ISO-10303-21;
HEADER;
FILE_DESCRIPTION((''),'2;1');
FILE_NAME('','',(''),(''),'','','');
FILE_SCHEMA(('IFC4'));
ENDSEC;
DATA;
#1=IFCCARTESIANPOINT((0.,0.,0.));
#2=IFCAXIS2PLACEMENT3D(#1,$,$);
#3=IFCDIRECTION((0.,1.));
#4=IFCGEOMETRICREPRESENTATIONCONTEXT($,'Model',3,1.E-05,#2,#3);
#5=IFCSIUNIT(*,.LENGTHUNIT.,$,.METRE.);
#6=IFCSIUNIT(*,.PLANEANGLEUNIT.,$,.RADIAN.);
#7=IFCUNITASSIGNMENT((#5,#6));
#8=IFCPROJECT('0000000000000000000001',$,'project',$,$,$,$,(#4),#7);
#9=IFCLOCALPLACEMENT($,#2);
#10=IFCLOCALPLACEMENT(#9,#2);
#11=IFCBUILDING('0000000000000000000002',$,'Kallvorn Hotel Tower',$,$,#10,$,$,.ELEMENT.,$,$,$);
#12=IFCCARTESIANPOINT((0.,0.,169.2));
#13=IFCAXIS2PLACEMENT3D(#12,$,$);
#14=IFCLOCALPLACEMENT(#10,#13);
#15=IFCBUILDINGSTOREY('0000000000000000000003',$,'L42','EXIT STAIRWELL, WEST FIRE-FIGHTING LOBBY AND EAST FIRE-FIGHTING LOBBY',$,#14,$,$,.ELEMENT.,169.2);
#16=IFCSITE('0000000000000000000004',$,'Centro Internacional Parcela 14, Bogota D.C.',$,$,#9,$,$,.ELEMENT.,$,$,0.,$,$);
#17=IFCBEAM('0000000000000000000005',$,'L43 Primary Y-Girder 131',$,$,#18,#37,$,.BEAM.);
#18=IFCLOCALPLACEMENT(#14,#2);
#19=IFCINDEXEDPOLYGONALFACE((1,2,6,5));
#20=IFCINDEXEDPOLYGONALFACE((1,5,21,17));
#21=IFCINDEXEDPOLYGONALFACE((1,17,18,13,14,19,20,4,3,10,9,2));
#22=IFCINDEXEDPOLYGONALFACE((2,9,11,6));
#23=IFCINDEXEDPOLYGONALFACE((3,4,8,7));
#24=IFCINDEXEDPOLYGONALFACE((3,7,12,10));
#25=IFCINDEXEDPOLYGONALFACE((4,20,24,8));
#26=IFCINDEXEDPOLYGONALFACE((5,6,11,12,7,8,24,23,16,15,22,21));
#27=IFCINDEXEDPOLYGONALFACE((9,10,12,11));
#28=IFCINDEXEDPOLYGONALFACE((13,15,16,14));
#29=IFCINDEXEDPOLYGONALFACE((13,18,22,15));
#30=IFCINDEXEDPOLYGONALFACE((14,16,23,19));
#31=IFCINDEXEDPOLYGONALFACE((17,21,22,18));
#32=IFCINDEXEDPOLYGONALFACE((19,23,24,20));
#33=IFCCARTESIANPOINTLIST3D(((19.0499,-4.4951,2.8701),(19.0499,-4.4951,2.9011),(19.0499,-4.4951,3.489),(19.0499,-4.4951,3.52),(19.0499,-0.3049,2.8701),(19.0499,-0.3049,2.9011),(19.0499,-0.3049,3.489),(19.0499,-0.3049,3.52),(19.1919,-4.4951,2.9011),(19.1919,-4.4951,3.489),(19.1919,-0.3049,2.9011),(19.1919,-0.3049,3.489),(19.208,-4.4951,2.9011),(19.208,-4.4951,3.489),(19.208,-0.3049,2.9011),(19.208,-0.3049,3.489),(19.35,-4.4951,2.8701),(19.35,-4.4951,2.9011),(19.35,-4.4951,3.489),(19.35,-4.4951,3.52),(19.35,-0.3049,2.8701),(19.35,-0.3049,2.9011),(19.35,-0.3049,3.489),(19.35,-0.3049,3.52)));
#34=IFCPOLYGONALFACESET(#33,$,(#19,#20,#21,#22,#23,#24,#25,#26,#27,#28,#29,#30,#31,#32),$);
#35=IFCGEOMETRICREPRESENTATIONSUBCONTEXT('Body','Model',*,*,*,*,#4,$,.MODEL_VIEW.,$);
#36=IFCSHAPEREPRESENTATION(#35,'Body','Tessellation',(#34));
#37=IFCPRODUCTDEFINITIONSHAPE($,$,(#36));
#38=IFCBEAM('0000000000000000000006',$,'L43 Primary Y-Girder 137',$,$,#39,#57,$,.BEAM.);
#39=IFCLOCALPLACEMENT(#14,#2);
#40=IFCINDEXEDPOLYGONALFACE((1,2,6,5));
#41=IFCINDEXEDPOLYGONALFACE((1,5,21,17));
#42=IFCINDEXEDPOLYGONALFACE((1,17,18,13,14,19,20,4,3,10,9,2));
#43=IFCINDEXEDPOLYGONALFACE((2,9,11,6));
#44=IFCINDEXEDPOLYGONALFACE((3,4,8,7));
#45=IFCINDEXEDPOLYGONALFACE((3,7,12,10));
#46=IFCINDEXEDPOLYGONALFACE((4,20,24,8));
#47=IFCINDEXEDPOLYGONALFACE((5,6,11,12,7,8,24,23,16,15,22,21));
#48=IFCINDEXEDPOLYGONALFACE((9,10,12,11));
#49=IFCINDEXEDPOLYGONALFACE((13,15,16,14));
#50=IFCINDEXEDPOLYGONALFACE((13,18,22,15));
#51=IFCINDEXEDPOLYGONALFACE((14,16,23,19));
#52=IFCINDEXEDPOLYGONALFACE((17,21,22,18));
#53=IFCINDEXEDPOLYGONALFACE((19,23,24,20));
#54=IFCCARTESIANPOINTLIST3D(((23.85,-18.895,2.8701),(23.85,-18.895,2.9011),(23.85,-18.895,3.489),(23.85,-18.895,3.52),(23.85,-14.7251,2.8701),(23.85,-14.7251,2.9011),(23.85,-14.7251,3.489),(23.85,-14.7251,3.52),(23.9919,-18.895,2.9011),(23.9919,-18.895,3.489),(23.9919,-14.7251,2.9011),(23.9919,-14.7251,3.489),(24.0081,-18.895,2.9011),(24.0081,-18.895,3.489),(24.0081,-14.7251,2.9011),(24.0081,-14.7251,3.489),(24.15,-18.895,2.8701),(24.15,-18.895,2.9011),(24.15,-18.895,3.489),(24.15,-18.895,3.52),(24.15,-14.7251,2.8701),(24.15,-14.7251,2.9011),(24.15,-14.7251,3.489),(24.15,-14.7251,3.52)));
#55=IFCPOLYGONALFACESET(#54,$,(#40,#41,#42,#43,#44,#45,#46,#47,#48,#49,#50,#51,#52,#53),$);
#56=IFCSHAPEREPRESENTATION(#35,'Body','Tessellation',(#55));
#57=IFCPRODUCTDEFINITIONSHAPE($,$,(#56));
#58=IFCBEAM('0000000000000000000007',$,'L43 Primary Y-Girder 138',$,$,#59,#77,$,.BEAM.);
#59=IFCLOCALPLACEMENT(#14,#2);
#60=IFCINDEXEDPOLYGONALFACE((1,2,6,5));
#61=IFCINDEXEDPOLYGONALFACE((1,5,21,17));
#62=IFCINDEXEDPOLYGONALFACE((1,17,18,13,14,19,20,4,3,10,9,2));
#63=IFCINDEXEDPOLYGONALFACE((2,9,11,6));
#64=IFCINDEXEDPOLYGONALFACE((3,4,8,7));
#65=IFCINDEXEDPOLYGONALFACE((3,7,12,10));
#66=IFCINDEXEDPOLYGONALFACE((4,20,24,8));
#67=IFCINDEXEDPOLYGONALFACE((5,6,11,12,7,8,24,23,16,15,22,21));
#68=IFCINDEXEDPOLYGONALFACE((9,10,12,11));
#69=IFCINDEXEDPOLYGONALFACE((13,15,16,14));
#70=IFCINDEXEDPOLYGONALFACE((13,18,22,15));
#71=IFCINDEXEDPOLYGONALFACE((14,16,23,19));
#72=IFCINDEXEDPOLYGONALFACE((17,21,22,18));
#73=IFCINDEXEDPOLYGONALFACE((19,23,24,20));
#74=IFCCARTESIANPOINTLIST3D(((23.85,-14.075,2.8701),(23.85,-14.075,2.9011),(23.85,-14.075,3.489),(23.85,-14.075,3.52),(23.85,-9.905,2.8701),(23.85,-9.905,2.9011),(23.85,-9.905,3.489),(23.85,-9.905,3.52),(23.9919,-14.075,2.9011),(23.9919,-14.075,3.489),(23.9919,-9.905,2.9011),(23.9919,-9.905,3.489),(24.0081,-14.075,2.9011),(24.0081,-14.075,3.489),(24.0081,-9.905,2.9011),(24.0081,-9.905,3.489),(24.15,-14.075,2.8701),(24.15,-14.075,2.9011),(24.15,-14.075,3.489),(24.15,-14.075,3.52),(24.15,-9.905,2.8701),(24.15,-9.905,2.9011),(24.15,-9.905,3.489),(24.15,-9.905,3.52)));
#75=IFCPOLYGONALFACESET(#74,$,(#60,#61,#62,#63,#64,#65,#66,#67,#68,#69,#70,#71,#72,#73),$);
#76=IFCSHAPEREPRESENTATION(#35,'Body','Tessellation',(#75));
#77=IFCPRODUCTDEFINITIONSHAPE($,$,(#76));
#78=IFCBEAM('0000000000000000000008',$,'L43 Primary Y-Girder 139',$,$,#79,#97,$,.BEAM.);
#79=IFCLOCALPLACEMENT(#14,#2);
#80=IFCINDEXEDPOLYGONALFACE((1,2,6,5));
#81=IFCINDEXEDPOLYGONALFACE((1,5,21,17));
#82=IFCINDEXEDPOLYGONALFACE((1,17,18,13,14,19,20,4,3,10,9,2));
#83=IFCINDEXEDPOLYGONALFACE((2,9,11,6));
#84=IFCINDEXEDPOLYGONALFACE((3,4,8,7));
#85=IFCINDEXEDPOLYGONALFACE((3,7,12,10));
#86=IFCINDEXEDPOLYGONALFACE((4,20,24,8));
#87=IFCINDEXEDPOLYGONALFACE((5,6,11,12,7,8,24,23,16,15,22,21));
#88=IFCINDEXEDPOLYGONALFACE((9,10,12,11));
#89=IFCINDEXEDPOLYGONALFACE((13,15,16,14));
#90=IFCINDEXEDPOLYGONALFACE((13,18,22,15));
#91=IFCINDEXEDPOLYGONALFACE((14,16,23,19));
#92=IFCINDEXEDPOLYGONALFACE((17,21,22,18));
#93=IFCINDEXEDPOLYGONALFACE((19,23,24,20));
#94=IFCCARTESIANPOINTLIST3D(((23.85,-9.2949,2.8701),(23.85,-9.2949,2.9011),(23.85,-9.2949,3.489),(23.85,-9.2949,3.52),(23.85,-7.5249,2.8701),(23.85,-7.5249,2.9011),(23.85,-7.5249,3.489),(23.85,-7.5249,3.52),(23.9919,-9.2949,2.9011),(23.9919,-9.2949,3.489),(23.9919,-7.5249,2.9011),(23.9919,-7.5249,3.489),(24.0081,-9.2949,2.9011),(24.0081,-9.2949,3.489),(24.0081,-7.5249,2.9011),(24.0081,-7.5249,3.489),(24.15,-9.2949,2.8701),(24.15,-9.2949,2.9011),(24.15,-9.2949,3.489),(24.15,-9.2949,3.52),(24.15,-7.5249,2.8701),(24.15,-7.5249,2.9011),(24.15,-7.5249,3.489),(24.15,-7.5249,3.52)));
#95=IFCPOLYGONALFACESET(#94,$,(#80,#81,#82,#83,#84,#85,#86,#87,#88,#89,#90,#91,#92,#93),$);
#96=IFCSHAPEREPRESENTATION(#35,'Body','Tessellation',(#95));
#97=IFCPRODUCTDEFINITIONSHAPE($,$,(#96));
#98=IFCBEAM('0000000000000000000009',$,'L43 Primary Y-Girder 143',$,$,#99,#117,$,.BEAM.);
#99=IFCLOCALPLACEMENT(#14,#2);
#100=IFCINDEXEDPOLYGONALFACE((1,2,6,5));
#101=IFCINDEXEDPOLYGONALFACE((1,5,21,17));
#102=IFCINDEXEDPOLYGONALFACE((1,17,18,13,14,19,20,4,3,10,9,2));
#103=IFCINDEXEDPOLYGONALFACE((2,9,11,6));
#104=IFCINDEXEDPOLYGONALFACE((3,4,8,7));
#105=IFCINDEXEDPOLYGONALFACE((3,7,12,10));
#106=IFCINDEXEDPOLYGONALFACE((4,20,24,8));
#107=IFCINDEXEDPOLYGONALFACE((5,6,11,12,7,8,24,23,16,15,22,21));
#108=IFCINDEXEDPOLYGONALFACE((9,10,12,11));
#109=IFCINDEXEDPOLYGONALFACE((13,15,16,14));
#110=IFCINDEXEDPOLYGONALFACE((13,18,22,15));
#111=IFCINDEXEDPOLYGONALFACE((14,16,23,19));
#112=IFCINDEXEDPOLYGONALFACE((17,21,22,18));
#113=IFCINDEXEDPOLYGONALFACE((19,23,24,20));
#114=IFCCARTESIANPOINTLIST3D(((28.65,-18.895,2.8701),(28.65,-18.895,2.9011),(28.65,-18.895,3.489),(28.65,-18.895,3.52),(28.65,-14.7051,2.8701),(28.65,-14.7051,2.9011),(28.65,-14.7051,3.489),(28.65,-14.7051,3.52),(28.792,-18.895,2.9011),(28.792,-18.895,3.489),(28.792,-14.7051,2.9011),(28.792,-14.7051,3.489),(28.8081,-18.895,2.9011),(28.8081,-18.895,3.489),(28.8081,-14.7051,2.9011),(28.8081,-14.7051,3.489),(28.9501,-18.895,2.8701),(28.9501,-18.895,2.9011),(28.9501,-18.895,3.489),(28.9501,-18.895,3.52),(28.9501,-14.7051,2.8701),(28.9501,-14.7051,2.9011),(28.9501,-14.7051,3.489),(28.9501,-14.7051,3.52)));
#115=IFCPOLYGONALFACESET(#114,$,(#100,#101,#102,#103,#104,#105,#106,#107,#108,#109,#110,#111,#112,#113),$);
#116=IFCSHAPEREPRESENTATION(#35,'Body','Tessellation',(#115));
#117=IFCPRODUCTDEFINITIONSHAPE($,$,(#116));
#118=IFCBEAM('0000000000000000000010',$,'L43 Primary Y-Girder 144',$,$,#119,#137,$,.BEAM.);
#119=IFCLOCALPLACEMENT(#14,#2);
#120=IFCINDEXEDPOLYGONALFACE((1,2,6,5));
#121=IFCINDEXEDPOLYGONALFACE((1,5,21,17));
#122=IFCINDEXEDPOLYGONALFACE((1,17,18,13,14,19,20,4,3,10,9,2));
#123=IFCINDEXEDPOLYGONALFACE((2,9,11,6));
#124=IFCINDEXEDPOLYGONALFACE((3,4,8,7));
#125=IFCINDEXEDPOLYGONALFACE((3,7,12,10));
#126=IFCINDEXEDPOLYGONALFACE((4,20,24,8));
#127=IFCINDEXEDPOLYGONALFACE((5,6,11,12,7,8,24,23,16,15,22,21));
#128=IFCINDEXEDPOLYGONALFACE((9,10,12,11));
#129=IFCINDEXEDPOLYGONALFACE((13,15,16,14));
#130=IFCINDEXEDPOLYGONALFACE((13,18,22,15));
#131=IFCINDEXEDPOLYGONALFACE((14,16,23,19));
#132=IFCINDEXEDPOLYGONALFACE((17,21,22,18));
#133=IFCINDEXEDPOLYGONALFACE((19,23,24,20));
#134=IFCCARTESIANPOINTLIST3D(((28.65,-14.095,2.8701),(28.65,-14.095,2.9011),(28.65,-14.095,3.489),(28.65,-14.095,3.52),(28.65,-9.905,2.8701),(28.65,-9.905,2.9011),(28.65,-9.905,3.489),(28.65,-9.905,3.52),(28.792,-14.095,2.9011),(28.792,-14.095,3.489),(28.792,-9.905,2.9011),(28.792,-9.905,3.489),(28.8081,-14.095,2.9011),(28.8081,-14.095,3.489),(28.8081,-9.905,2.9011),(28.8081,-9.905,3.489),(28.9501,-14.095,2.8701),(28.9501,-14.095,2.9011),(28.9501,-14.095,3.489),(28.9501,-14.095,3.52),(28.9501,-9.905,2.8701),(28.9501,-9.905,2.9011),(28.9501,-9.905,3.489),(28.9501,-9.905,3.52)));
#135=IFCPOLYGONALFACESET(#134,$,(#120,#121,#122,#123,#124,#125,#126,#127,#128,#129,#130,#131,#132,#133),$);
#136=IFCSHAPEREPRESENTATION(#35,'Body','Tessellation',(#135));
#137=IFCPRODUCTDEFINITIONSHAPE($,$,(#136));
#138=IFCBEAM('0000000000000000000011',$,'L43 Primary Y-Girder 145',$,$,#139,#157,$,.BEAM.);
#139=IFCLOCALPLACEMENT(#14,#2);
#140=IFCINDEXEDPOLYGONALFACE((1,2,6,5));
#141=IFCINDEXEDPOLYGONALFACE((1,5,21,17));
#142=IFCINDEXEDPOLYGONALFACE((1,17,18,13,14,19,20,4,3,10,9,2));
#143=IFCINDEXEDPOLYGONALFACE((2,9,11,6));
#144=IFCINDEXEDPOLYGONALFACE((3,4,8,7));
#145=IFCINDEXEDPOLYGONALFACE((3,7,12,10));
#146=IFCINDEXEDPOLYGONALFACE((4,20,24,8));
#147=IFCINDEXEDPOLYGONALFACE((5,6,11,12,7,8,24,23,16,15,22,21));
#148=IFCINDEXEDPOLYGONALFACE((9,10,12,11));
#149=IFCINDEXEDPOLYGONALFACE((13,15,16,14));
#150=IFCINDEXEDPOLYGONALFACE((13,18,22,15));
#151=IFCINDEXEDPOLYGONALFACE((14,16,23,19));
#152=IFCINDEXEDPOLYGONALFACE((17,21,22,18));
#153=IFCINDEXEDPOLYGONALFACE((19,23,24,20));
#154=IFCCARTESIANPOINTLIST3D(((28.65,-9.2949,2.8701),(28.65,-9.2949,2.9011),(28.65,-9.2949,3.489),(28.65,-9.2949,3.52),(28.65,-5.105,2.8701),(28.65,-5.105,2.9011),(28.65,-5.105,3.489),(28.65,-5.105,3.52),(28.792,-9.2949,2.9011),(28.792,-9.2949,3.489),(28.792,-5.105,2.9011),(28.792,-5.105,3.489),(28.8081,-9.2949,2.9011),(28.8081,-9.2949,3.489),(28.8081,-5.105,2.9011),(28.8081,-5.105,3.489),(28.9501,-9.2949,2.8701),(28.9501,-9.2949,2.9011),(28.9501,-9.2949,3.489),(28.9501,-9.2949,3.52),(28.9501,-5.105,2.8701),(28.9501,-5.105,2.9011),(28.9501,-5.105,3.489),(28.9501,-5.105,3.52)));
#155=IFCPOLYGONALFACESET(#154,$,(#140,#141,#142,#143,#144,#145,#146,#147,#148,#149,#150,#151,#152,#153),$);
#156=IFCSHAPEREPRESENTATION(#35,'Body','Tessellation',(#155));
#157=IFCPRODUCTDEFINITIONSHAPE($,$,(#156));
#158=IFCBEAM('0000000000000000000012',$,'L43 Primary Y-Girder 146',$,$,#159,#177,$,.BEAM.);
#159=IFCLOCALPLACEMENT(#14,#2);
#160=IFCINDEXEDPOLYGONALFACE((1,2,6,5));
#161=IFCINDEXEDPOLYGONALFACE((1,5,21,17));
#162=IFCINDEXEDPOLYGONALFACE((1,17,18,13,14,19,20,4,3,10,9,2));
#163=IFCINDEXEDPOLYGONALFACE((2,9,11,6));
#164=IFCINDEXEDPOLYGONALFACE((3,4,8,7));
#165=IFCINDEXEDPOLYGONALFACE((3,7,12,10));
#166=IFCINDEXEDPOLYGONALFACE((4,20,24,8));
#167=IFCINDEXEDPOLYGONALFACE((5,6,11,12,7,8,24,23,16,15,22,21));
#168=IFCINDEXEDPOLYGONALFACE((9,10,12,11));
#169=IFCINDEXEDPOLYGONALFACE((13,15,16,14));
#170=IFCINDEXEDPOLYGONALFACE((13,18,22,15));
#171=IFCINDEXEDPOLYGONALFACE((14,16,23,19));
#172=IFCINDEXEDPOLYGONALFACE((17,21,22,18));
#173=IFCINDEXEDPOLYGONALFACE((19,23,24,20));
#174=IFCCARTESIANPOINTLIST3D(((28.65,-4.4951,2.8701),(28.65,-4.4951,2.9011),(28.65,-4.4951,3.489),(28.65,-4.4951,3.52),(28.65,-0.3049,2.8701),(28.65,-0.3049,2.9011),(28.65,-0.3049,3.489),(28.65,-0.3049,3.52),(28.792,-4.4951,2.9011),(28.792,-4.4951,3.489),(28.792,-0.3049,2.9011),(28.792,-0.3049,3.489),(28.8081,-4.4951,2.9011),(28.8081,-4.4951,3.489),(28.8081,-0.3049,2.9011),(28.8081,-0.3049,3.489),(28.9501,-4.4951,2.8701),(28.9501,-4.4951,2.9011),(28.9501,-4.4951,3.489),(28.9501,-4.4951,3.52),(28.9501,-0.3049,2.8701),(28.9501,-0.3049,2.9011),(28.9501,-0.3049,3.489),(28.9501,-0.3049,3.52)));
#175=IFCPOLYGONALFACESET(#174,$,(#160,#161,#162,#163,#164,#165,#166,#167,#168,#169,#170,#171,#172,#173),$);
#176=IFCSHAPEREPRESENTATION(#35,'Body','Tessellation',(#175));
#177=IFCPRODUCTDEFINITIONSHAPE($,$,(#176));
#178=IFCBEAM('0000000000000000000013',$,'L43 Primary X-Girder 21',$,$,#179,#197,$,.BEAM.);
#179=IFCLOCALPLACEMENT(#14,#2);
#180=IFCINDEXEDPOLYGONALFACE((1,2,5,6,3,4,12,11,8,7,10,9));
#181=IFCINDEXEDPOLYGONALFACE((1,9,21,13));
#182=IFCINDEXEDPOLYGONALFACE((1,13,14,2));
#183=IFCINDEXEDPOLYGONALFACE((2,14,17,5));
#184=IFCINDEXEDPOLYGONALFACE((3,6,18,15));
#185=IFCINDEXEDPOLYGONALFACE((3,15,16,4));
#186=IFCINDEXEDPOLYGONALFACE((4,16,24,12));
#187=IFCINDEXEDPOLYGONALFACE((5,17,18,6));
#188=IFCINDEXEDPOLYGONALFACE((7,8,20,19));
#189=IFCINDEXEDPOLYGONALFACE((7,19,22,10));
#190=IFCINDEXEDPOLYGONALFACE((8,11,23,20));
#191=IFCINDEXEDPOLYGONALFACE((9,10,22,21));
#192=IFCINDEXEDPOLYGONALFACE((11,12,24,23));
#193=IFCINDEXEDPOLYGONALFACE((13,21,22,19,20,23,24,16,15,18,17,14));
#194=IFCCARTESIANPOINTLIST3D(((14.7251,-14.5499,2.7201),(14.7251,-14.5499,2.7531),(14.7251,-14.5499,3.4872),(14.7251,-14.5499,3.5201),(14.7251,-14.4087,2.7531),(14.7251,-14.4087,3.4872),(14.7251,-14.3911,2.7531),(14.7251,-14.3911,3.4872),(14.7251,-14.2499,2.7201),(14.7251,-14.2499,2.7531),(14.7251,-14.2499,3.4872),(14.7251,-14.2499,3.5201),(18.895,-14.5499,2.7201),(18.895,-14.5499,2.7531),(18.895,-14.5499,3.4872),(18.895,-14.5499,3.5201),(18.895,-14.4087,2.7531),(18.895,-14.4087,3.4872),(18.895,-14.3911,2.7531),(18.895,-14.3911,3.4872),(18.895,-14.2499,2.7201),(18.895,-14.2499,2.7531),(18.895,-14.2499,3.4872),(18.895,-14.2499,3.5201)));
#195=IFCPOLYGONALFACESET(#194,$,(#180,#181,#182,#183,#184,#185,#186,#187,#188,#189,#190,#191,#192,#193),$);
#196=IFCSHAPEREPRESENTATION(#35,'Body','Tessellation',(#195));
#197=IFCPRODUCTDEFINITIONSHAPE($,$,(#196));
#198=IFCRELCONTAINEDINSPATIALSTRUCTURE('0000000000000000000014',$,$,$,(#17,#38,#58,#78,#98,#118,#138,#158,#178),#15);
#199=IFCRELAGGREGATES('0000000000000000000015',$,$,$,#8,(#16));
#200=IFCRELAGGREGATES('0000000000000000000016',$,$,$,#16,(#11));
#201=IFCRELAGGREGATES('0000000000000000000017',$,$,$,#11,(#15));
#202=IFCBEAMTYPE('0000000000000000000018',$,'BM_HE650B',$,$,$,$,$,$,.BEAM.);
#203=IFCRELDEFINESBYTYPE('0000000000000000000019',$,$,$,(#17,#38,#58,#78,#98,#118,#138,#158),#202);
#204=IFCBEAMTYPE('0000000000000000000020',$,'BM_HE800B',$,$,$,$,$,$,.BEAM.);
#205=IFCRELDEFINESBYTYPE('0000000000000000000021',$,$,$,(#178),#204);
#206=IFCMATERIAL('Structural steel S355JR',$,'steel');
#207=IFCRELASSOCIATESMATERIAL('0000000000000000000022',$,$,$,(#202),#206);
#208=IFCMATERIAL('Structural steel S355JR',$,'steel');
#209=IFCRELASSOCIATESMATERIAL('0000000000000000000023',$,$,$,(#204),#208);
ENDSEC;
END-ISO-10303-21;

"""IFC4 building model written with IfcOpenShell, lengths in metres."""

from ifc_helpers import new_model, si_unit, direction, frame, origin, origin_2d, place, context, subcontext, project, spatial, i_section, extrude, material, material_profile, profile_set, type_object, element, save


model = new_model("IFC4")

# Units and contexts
model_context = context("Model", 3, precision=1e-05, world=origin(), true_north=direction((0.0, 1.0)))
body_context = subcontext(model_context, "Body", "Model", "MODEL_VIEW")
ifc_project = project(units=[si_unit("LENGTHUNIT", "METRE"), si_unit("PLANEANGLEUNIT", "RADIAN")], contexts=[model_context])

# Site, building, storey
site_placement = place(None, origin())
site = spatial("IfcSite", under=ifc_project, at=site_placement, Name="Centro Internacional Parcela 14, Bogota D.C.", CompositionType="ELEMENT", RefElevation=0.0)
building_placement = place(site_placement, origin())
building = spatial("IfcBuilding", under=site, at=building_placement, Name="Kallvorn Hotel Tower", CompositionType="ELEMENT")
storey_placement = place(building_placement, frame((0.0, 0.0, 169.2)))
storey = spatial("IfcBuildingStorey", under=building, at=storey_placement, Name="L42", Description="EXIT STAIRWELL, WEST FIRE-FIGHTING LOBBY AND EAST FIRE-FIGHTING LOBBY", CompositionType="ELEMENT", Elevation=169.2)

# Beams
ifc_material_1 = material(Name="Structural steel S355JR", Category="steel")
ifc_material_profile_1 = material_profile(ifc_material_1, i_section(OverallWidth=0.3, OverallDepth=0.6499, WebThickness=0.0161, FlangeThickness=0.031, at=origin_2d()), Name="HE 650 B")
ifc_profile_set_1 = profile_set([ifc_material_profile_1], Name="Structural steel S355JR")
beam_type_1 = type_object("IfcBeamType", Name="BM_HE650B", PredefinedType="BEAM", material=ifc_profile_set_1)
beam_1_placement = place(storey_placement, frame((19.2, -4.4951, 3.1951), z_axis=(0.0, 1.0, 0.0), x_axis=(-1.0, 0.0, 0.0)))
element("IfcBeam", 1, at=beam_1_placement, inside=storey, type_object=beam_type_1, Name="L43 Primary Y-Girder 131", PredefinedType="BEAM", context=body_context, shape_type="SweptSolid", body=[
    extrude(i_section(OverallWidth=0.3, OverallDepth=0.6499, WebThickness=0.0161, FlangeThickness=0.031, at=origin_2d()), origin(), (0.0, 0.0, 1.0), 4.1902),
])
for number, where, z_axis, x_axis, name in (
    (2, (24.0, -18.895, 3.1951), (0.0, 1.0, 0.0), (-1.0, 0.0, 0.0), "L43 Primary Y-Girder 137"),
    (3, (24.0, -14.075, 3.1951), (0.0, 1.0, 0.0), (-1.0, 0.0, 0.0), "L43 Primary Y-Girder 138"),
):
    element("IfcBeam", number, at=place(storey_placement, frame(where, z_axis=z_axis, x_axis=x_axis)), inside=storey, type_object=beam_type_1, Name=name, PredefinedType="BEAM", context=body_context, shape_type="SweptSolid", body=[
        extrude(i_section(OverallWidth=0.3, OverallDepth=0.6499, WebThickness=0.0161, FlangeThickness=0.031, at=origin_2d()), origin(), (0.0, 0.0, 1.0), 4.1699),
    ])
beam_2_placement = place(storey_placement, frame((24.0, -9.2949, 3.1951), z_axis=(0.0, 1.0, 0.0), x_axis=(-1.0, 0.0, 0.0)))
element("IfcBeam", 4, at=beam_2_placement, inside=storey, type_object=beam_type_1, Name="L43 Primary Y-Girder 139", PredefinedType="BEAM", context=body_context, shape_type="SweptSolid", body=[
    extrude(i_section(OverallWidth=0.3, OverallDepth=0.6499, WebThickness=0.0161, FlangeThickness=0.031, at=origin_2d()), origin(), (0.0, 0.0, 1.0), 1.77),
])
for number, where, z_axis, x_axis, name in (
    (5, (28.8, -18.895, 3.1951), (0.0, 1.0, 0.0), (-1.0, 0.0, 0.0), "L43 Primary Y-Girder 143"),
    (6, (28.8, -14.095, 3.1951), (0.0, 1.0, 0.0), (-1.0, 0.0, 0.0), "L43 Primary Y-Girder 144"),
    (7, (28.8, -9.2949, 3.1951), (0.0, 1.0, 0.0), (-1.0, 0.0, 0.0), "L43 Primary Y-Girder 145"),
):
    element("IfcBeam", number, at=place(storey_placement, frame(where, z_axis=z_axis, x_axis=x_axis)), inside=storey, type_object=beam_type_1, Name=name, PredefinedType="BEAM", context=body_context, shape_type="SweptSolid", body=[
        extrude(i_section(OverallWidth=0.3, OverallDepth=0.6499, WebThickness=0.0161, FlangeThickness=0.031, at=origin_2d()), origin(), (0.0, 0.0, 1.0), 4.1899),
    ])
beam_3_placement = place(storey_placement, frame((28.8, -4.4951, 3.1951), z_axis=(0.0, 1.0, 0.0), x_axis=(-1.0, 0.0, 0.0)))
element("IfcBeam", 8, at=beam_3_placement, inside=storey, type_object=beam_type_1, Name="L43 Primary Y-Girder 146", PredefinedType="BEAM", context=body_context, shape_type="SweptSolid", body=[
    extrude(i_section(OverallWidth=0.3, OverallDepth=0.6499, WebThickness=0.0161, FlangeThickness=0.031, at=origin_2d()), origin(), (0.0, 0.0, 1.0), 4.1902),
])
ifc_material_2 = material(Name="Structural steel S355JR", Category="steel")
ifc_material_profile_2 = material_profile(ifc_material_2, i_section(OverallWidth=0.3, OverallDepth=0.8, WebThickness=0.0176, FlangeThickness=0.033, at=origin_2d()), Name="HE 800 B")
ifc_profile_set_2 = profile_set([ifc_material_profile_2], Name="Structural steel S355JR")
beam_type_2 = type_object("IfcBeamType", Name="BM_HE800B", PredefinedType="BEAM", material=ifc_profile_set_2)
beam_4_placement = place(storey_placement, frame((14.7251, -14.3999, 3.1201), z_axis=(1.0, 0.0, 0.0), x_axis=(0.0, 1.0, 0.0)))
element("IfcBeam", 9, at=beam_4_placement, inside=storey, type_object=beam_type_2, Name="L43 Primary X-Girder 21", PredefinedType="BEAM", context=body_context, shape_type="SweptSolid", body=[
    extrude(i_section(OverallWidth=0.3, OverallDepth=0.8, WebThickness=0.0176, FlangeThickness=0.033, at=origin_2d()), origin(), (0.0, 0.0, 1.0), 4.1699),
])

save(model, "model.ifc")
